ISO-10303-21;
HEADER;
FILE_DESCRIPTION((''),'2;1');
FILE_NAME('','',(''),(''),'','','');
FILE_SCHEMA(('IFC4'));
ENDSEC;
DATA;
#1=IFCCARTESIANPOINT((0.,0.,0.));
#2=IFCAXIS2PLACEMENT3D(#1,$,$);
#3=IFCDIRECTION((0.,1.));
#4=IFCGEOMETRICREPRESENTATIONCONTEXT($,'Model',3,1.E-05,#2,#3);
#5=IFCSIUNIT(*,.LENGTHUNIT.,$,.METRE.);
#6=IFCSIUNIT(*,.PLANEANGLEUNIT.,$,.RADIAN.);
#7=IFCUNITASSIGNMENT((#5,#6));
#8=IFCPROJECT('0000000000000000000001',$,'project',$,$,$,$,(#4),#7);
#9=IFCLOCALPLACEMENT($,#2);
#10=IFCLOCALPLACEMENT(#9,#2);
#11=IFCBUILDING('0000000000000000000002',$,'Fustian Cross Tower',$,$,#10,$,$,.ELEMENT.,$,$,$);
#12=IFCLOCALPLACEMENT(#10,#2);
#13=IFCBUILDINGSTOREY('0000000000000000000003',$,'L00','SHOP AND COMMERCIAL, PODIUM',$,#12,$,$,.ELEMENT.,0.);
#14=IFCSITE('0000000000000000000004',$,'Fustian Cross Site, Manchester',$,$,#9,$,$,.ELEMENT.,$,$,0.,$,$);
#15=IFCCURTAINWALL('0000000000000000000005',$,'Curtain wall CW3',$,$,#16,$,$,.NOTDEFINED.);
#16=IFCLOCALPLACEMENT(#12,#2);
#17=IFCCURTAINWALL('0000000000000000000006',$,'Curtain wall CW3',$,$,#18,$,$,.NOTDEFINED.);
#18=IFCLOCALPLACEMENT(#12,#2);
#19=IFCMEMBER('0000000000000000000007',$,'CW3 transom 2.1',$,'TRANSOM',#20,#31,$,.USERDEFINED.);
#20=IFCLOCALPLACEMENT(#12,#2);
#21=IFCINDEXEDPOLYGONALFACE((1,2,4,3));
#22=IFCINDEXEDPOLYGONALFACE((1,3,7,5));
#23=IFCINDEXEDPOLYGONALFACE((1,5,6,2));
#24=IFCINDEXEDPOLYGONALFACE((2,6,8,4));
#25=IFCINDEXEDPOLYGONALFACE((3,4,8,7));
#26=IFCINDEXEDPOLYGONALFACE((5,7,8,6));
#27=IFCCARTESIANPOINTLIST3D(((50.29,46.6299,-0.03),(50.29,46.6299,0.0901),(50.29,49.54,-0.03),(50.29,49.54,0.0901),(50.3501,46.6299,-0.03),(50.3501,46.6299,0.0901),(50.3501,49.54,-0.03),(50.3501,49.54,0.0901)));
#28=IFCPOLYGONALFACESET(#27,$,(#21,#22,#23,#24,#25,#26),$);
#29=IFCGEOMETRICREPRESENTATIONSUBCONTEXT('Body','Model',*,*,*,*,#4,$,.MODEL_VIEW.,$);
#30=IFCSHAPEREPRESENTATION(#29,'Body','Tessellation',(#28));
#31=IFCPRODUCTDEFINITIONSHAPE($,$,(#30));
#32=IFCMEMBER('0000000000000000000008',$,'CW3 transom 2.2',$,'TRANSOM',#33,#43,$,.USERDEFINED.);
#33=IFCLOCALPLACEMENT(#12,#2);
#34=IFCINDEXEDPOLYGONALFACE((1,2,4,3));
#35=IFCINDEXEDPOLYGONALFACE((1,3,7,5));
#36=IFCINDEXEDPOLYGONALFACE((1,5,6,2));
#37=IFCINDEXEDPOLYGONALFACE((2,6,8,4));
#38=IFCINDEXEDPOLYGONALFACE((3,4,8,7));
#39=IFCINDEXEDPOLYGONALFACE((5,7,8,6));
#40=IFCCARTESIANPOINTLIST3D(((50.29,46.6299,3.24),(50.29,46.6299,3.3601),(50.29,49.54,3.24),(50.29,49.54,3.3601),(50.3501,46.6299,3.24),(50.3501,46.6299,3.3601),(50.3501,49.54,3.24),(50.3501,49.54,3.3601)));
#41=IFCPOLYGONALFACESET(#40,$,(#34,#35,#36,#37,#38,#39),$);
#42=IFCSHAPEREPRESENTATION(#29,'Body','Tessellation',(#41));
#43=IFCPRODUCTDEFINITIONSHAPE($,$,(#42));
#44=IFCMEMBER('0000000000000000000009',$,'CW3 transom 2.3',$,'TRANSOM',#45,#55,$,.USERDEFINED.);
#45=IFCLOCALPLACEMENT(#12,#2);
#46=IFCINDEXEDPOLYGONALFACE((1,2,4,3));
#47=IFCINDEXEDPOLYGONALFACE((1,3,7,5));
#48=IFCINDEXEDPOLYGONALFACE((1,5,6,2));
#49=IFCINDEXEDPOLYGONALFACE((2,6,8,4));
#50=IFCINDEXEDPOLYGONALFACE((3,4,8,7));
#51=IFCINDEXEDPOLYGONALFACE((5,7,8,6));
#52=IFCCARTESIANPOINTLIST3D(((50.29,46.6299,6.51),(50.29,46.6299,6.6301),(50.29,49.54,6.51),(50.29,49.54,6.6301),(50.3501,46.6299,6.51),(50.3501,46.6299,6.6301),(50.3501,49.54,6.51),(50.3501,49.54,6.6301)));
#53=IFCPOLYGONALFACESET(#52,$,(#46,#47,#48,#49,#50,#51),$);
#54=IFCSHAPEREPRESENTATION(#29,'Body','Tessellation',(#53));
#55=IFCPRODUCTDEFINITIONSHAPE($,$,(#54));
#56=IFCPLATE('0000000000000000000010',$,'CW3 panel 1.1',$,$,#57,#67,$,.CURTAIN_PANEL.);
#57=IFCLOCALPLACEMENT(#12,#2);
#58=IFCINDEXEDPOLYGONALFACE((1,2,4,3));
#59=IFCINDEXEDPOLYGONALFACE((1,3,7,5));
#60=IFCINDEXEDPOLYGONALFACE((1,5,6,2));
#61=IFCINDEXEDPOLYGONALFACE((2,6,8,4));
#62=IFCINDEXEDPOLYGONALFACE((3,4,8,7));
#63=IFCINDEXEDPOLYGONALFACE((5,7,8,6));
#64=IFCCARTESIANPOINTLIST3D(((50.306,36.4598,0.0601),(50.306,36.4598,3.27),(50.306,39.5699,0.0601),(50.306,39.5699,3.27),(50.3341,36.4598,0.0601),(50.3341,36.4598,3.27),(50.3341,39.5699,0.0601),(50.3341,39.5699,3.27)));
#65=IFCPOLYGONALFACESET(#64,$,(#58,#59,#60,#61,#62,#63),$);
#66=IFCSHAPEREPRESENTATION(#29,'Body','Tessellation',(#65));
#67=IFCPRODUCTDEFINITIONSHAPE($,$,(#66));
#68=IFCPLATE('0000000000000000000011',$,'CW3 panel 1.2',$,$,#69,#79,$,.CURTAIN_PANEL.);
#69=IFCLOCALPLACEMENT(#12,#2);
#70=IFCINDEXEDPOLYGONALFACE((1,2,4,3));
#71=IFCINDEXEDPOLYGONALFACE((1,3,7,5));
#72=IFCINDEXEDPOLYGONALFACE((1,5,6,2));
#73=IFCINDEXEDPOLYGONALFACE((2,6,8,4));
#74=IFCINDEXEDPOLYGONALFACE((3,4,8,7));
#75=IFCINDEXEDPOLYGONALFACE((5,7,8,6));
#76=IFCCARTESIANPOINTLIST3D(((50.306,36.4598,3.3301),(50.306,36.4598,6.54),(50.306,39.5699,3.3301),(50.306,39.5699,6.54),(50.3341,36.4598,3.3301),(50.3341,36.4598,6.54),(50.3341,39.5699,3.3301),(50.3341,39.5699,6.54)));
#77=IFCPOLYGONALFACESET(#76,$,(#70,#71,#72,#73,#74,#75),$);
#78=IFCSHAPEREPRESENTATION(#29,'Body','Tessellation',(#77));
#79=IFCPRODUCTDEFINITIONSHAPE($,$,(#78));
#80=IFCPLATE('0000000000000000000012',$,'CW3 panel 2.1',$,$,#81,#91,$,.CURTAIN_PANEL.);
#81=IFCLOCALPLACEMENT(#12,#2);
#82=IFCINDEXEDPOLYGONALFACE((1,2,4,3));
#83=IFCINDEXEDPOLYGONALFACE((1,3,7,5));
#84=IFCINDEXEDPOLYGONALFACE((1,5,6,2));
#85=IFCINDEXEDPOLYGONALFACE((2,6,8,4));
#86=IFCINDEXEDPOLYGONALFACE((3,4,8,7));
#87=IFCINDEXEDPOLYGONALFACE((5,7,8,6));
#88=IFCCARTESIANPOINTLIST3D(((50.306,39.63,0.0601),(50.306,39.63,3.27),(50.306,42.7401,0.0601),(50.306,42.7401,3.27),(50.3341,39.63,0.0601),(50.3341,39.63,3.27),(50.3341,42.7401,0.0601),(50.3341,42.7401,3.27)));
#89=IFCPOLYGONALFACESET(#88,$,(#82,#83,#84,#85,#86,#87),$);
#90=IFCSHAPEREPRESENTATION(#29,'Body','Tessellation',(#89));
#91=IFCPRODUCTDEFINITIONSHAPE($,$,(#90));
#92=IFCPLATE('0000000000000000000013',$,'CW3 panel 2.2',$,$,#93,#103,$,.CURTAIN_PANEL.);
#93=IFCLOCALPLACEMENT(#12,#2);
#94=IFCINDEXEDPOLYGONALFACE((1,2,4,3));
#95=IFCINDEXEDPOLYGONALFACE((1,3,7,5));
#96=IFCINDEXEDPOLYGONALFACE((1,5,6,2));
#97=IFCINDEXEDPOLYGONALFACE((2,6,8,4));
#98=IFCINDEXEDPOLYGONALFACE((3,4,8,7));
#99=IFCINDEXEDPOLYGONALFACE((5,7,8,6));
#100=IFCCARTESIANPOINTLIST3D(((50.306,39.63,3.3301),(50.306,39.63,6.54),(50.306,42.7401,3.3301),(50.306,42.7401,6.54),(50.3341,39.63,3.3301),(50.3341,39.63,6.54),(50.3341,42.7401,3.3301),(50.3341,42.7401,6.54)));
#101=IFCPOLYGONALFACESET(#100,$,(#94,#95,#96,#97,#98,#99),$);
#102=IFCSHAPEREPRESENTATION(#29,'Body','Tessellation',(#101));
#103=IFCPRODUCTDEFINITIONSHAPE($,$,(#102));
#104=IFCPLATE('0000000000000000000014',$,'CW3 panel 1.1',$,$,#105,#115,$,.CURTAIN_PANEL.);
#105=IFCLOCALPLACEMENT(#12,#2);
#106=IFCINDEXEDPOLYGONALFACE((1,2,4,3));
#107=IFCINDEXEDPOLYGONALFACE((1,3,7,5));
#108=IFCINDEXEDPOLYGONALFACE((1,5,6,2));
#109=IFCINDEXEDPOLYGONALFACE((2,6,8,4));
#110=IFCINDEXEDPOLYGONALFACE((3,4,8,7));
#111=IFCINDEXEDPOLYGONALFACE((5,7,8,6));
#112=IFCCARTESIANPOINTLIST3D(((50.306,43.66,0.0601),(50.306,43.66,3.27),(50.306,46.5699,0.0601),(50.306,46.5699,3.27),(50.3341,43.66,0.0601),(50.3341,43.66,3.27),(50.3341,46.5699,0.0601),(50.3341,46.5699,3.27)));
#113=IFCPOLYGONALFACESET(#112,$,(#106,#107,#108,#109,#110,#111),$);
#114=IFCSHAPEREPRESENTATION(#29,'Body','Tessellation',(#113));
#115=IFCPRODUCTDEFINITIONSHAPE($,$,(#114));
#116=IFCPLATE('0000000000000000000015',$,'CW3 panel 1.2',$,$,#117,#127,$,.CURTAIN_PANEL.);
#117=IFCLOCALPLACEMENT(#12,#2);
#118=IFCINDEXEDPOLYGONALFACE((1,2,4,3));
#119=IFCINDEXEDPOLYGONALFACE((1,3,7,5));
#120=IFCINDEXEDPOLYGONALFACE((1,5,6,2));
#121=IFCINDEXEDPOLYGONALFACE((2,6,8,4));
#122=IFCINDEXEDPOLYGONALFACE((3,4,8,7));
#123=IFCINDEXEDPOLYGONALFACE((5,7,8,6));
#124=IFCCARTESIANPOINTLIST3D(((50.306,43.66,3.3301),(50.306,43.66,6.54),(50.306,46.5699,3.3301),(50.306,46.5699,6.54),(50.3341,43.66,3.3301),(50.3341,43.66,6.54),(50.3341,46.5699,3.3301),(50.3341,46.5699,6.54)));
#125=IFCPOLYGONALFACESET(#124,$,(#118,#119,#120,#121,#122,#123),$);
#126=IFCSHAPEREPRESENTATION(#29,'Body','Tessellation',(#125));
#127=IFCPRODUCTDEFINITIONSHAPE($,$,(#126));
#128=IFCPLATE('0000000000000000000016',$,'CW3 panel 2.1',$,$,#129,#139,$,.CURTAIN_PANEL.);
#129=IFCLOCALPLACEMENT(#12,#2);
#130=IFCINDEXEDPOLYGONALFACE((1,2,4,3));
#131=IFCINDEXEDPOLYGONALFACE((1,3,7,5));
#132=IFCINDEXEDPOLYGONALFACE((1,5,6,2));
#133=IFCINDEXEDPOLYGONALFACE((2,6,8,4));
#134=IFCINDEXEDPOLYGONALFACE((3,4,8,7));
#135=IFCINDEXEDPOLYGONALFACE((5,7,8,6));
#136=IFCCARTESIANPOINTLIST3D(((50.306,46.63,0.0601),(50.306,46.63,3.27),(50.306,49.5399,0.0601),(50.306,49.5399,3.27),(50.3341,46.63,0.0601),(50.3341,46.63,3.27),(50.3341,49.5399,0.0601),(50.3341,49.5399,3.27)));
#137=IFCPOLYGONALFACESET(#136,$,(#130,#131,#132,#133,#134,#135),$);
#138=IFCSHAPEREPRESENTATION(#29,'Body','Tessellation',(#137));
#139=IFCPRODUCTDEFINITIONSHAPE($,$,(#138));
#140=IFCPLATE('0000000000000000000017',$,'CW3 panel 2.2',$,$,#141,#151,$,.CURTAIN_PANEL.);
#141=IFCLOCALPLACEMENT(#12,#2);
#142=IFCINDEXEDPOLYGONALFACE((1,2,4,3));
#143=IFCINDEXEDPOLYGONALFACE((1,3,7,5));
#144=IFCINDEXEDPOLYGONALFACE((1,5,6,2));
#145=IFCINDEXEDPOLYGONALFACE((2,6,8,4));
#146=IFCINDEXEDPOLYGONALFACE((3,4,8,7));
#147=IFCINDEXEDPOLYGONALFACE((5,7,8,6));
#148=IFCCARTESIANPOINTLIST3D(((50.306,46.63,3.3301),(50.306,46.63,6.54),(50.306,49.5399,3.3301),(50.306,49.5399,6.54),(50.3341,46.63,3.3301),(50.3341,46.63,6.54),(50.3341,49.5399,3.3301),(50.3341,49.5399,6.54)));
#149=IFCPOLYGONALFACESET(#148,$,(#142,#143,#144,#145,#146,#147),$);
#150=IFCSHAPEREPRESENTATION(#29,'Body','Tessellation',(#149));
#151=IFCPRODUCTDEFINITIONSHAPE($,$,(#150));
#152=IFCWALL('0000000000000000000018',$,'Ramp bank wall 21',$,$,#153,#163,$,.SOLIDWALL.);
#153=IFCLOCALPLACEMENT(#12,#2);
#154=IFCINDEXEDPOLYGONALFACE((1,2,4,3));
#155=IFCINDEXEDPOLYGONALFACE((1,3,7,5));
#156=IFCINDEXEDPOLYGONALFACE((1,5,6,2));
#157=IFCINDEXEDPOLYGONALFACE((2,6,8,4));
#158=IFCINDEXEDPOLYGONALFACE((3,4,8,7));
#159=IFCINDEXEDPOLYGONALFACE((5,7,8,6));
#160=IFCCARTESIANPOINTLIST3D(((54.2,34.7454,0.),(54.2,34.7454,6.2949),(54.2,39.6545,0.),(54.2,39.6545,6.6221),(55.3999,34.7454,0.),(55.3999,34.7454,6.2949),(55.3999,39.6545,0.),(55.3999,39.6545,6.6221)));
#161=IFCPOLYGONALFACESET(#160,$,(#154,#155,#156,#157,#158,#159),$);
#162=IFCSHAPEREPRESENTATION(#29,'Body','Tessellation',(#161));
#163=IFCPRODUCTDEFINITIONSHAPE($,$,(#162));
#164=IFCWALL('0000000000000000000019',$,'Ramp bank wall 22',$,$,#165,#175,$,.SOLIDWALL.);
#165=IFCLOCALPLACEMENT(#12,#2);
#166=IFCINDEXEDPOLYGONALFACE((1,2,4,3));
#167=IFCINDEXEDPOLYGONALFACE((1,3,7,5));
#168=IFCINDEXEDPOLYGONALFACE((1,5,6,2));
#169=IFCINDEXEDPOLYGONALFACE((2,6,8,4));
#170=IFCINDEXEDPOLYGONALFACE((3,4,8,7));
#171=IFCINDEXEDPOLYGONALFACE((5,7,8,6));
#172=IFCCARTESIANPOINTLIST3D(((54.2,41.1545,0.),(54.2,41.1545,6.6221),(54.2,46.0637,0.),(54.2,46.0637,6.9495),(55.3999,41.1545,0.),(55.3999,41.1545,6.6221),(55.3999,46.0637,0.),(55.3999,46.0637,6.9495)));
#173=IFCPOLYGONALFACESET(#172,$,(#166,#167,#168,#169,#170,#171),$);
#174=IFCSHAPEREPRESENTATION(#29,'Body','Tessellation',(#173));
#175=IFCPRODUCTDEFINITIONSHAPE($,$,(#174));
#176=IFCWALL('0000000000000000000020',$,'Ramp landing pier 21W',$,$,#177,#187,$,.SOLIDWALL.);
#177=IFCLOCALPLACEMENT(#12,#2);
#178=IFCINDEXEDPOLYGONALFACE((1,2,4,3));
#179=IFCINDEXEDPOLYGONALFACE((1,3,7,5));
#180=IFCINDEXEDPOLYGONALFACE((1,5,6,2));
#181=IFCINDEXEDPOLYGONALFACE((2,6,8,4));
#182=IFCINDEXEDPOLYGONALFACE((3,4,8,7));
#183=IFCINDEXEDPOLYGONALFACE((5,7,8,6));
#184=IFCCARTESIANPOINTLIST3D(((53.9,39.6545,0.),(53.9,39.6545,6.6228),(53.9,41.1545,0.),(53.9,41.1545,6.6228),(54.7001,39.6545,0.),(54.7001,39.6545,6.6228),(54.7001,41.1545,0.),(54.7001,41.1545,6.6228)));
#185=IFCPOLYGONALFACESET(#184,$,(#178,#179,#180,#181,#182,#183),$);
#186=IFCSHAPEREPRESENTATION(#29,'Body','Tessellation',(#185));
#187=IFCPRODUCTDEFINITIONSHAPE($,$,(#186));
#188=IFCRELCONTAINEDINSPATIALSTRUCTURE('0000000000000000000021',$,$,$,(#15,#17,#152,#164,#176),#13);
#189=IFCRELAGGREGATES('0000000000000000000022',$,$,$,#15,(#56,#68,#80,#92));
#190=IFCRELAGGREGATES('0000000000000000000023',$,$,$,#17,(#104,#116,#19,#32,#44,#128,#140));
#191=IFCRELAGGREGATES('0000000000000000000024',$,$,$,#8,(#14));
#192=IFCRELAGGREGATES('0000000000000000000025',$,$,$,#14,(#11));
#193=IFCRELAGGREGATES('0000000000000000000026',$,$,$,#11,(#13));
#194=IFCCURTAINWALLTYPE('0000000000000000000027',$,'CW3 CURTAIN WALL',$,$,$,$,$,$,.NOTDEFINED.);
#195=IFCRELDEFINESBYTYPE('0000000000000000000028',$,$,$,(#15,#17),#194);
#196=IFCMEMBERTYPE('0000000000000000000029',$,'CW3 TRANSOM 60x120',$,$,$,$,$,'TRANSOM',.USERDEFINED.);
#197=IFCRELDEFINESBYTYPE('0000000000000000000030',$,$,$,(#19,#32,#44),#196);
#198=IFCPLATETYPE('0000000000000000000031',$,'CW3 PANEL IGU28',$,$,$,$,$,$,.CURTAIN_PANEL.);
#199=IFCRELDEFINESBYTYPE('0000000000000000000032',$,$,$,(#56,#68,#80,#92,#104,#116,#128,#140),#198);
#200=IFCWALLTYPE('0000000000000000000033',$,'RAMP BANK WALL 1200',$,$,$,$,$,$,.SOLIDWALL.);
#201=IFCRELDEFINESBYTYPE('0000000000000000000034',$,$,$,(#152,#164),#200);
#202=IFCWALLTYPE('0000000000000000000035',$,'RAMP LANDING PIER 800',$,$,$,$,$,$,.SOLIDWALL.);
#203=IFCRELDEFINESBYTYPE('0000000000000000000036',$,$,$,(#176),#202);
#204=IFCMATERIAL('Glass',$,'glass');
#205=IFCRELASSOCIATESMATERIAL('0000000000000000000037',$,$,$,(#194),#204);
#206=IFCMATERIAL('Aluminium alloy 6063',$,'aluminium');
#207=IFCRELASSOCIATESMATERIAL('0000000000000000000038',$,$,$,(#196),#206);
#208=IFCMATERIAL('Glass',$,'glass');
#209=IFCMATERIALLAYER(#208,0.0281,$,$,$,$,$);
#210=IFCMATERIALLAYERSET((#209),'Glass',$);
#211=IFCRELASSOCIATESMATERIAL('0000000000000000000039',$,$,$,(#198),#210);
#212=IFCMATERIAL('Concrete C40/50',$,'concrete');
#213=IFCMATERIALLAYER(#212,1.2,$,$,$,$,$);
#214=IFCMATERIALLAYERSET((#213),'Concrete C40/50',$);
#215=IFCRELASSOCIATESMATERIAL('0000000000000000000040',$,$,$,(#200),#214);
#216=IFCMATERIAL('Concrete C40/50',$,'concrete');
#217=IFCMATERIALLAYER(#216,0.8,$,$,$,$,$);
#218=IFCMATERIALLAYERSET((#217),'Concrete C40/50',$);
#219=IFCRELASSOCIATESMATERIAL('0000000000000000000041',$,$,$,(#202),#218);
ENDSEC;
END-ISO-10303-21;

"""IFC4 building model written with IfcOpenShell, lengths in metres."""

from ifc_helpers import new_model, si_unit, direction, frame, frame_2d, origin, origin_2d, place, context, subcontext, project, spatial, polyline, rectangle, outline, extrude, material, layer, layer_set, material_profile, profile_set, type_object, element, aggregate, save


model = new_model("IFC4")

# Units and contexts
model_context = context("Model", 3, precision=1e-05, world=origin(), true_north=direction((0.0, 1.0)))
body_context = subcontext(model_context, "Body", "Model", "MODEL_VIEW")
ifc_project = project(units=[si_unit("LENGTHUNIT", "METRE"), si_unit("PLANEANGLEUNIT", "RADIAN")], contexts=[model_context])

# Site, building, storey
site_placement = place(None, origin())
site = spatial("IfcSite", under=ifc_project, at=site_placement, Name="Fustian Cross Site, Manchester", CompositionType="ELEMENT", RefElevation=0.0)
building_placement = place(site_placement, origin())
building = spatial("IfcBuilding", under=site, at=building_placement, Name="Fustian Cross Tower", CompositionType="ELEMENT")
storey_placement = place(building_placement, origin())
storey = spatial("IfcBuildingStorey", under=building, at=storey_placement, Name="L00", Description="SHOP AND COMMERCIAL, PODIUM", CompositionType="ELEMENT", Elevation=0.0)

# Curtain walls
ifc_material_1 = material(Name="Glass", Category="glass")
curtain_wall_type = type_object("IfcCurtainWallType", Name="CW3 CURTAIN WALL", PredefinedType="NOTDEFINED", material=ifc_material_1)
curtain_wall_1_placement = place(storey_placement, origin())
curtain_wall_1 = element("IfcCurtainWall", 1, at=curtain_wall_1_placement, inside=storey, type_object=curtain_wall_type, Name="Curtain wall CW3", PredefinedType="NOTDEFINED")
curtain_wall_2_placement = place(storey_placement, origin())
curtain_wall_2 = element("IfcCurtainWall", 2, at=curtain_wall_2_placement, inside=storey, type_object=curtain_wall_type, Name="Curtain wall CW3", PredefinedType="NOTDEFINED")

# Members
ifc_material_2 = material(Name="Aluminium alloy 6063", Category="aluminium")
ifc_material_profile_1 = material_profile(ifc_material_2, rectangle(XDim=0.0601, YDim=0.1201, at=origin_2d()), Name="CW3 TRANSOM 60x120")
ifc_profile_set_1 = profile_set([ifc_material_profile_1], Name="Aluminium alloy 6063")
member_type_1 = type_object("IfcMemberType", Name="CW3 TRANSOM 60x120", ElementType="TRANSOM", PredefinedType="USERDEFINED", material=ifc_profile_set_1)
member_1_placement = place(storey_placement, frame((50.3201, 46.6299, 0.03), z_axis=(0.0, 1.0, 0.0), x_axis=(-1.0, 0.0, 0.0)))
member_1 = element("IfcMember", 3, at=member_1_placement, type_object=member_type_1, Name="CW3 transom 2.1", ObjectType="TRANSOM", PredefinedType="USERDEFINED", context=body_context, shape_type="SweptSolid", body=[
    extrude(rectangle(XDim=0.0601, YDim=0.1201, at=origin_2d()), origin(), (0.0, 0.0, 1.0), 2.9102),
])
member_2_placement = place(storey_placement, frame((50.3201, 46.6299, 3.3), z_axis=(0.0, 1.0, 0.0), x_axis=(-1.0, 0.0, 0.0)))
member_2 = element("IfcMember", 4, at=member_2_placement, type_object=member_type_1, Name="CW3 transom 2.2", ObjectType="TRANSOM", PredefinedType="USERDEFINED", context=body_context, shape_type="SweptSolid", body=[
    extrude(rectangle(XDim=0.0601, YDim=0.1201, at=origin_2d()), origin(), (0.0, 0.0, 1.0), 2.9102),
])
member_3_placement = place(storey_placement, frame((50.3201, 46.6299, 6.5701), z_axis=(0.0, 1.0, 0.0), x_axis=(-1.0, 0.0, 0.0)))
member_3 = element("IfcMember", 5, at=member_3_placement, type_object=member_type_1, Name="CW3 transom 2.3", ObjectType="TRANSOM", PredefinedType="USERDEFINED", context=body_context, shape_type="SweptSolid", body=[
    extrude(rectangle(XDim=0.0601, YDim=0.1201, at=origin_2d()), origin(), (0.0, 0.0, 1.0), 2.9102),
])

# Plates
ifc_material_3 = material(Name="Glass", Category="glass")
ifc_layer_1 = layer(ifc_material_3, 0.0281)
ifc_layer_set_1 = layer_set([ifc_layer_1], Name="Glass")
plate_type = type_object("IfcPlateType", Name="CW3 PANEL IGU28", PredefinedType="CURTAIN_PANEL", material=ifc_layer_set_1)
plate_1_placement = place(storey_placement, frame((50.3201, 38.0149, 0.0601), z_axis=(0.0, 0.0, 1.0), x_axis=(0.0, 1.0, 0.0)))
plate_1 = element("IfcPlate", 6, at=plate_1_placement, type_object=plate_type, Name="CW3 panel 1.1", PredefinedType="CURTAIN_PANEL", context=body_context, shape_type="SweptSolid", body=[
    extrude(rectangle(XDim=3.1101, YDim=0.0281, at=origin_2d()), origin(), (0.0, 0.0, 1.0), 3.21),
])
plate_2_placement = place(storey_placement, frame((50.3201, 38.0149, 3.3301), z_axis=(0.0, 0.0, 1.0), x_axis=(0.0, 1.0, 0.0)))
plate_2 = element("IfcPlate", 7, at=plate_2_placement, type_object=plate_type, Name="CW3 panel 1.2", PredefinedType="CURTAIN_PANEL", context=body_context, shape_type="SweptSolid", body=[
    extrude(rectangle(XDim=3.1101, YDim=0.0281, at=origin_2d()), origin(), (0.0, 0.0, 1.0), 3.21),
])
plate_3_placement = place(storey_placement, frame((50.3201, 41.1851, 0.0601), z_axis=(0.0, 0.0, 1.0), x_axis=(0.0, 1.0, 0.0)))
plate_3 = element("IfcPlate", 8, at=plate_3_placement, type_object=plate_type, Name="CW3 panel 2.1", PredefinedType="CURTAIN_PANEL", context=body_context, shape_type="SweptSolid", body=[
    extrude(rectangle(XDim=3.1101, YDim=0.0281, at=origin_2d()), origin(), (0.0, 0.0, 1.0), 3.21),
])
plate_4_placement = place(storey_placement, frame((50.3201, 41.1851, 3.3301), z_axis=(0.0, 0.0, 1.0), x_axis=(0.0, 1.0, 0.0)))
plate_4 = element("IfcPlate", 9, at=plate_4_placement, type_object=plate_type, Name="CW3 panel 2.2", PredefinedType="CURTAIN_PANEL", context=body_context, shape_type="SweptSolid", body=[
    extrude(rectangle(XDim=3.1101, YDim=0.0281, at=origin_2d()), origin(), (0.0, 0.0, 1.0), 3.21),
])
aggregate(curtain_wall_1, [plate_1, plate_2, plate_3, plate_4])
plate_5_placement = place(storey_placement, frame((50.3201, 45.115, 0.0601), z_axis=(0.0, 0.0, 1.0), x_axis=(0.0, 1.0, 0.0)))
plate_5 = element("IfcPlate", 10, at=plate_5_placement, type_object=plate_type, Name="CW3 panel 1.1", PredefinedType="CURTAIN_PANEL", context=body_context, shape_type="SweptSolid", body=[
    extrude(rectangle(XDim=2.9099, YDim=0.0281, at=origin_2d()), origin(), (0.0, 0.0, 1.0), 3.21),
])
plate_6_placement = place(storey_placement, frame((50.3201, 45.115, 3.3301), z_axis=(0.0, 0.0, 1.0), x_axis=(0.0, 1.0, 0.0)))
plate_6 = element("IfcPlate", 11, at=plate_6_placement, type_object=plate_type, Name="CW3 panel 1.2", PredefinedType="CURTAIN_PANEL", context=body_context, shape_type="SweptSolid", body=[
    extrude(rectangle(XDim=2.9099, YDim=0.0281, at=origin_2d()), origin(), (0.0, 0.0, 1.0), 3.21),
])
plate_7_placement = place(storey_placement, frame((50.3201, 48.085, 0.0601), z_axis=(0.0, 0.0, 1.0), x_axis=(0.0, 1.0, 0.0)))
plate_7 = element("IfcPlate", 12, at=plate_7_placement, type_object=plate_type, Name="CW3 panel 2.1", PredefinedType="CURTAIN_PANEL", context=body_context, shape_type="SweptSolid", body=[
    extrude(rectangle(XDim=2.9099, YDim=0.0281, at=origin_2d()), origin(), (0.0, 0.0, 1.0), 3.21),
])
plate_8_placement = place(storey_placement, frame((50.3201, 48.085, 3.3301), z_axis=(0.0, 0.0, 1.0), x_axis=(0.0, 1.0, 0.0)))
plate_8 = element("IfcPlate", 13, at=plate_8_placement, type_object=plate_type, Name="CW3 panel 2.2", PredefinedType="CURTAIN_PANEL", context=body_context, shape_type="SweptSolid", body=[
    extrude(rectangle(XDim=2.9099, YDim=0.0281, at=origin_2d()), origin(), (0.0, 0.0, 1.0), 3.21),
])
aggregate(curtain_wall_2, [plate_5, plate_6, member_1, member_2, member_3, plate_7, plate_8])

# Walls
ifc_material_4 = material(Name="Concrete C40/50", Category="concrete")
ifc_layer_2 = layer(ifc_material_4, 1.2)
ifc_layer_set_2 = layer_set([ifc_layer_2], Name="Concrete C40/50")
wall_type_1 = type_object("IfcWallType", Name="RAMP BANK WALL 1200", PredefinedType="SOLIDWALL", material=ifc_layer_set_2)
wall_1_placement = place(storey_placement, frame((54.8, 34.7454, 0.0), z_axis=(0.0, 0.0, 1.0), x_axis=(0.0, 1.0, 0.0)))
element("IfcWall", 14, at=wall_1_placement, inside=storey, type_object=wall_type_1, Name="Ramp bank wall 21", PredefinedType="SOLIDWALL", context=body_context, shape_type="SweptSolid", body=[
    extrude(outline(polyline([(0.0, 0.0), (4.9092, 0.0), (4.9092, 6.6221), (0.0, 6.2949), (0.0, 0.0)])), frame((0.0, 0.6001, 0.0), z_axis=(0.0, -1.0, 0.0), x_axis=(1.0, 0.0, 0.0)), (0.0, 0.0, 1.0), 1.2),
])
wall_2_placement = place(storey_placement, frame((54.8, 41.1545, 0.0), z_axis=(0.0, 0.0, 1.0), x_axis=(0.0, 1.0, 0.0)))
element("IfcWall", 15, at=wall_2_placement, inside=storey, type_object=wall_type_1, Name="Ramp bank wall 22", PredefinedType="SOLIDWALL", context=body_context, shape_type="SweptSolid", body=[
    extrude(outline(polyline([(0.0, 0.0), (4.9092, 0.0), (4.9092, 6.9495), (0.0, 6.6221), (0.0, 0.0)])), frame((0.0, 0.6001, 0.0), z_axis=(0.0, -1.0, 0.0), x_axis=(1.0, 0.0, 0.0)), (0.0, 0.0, 1.0), 1.2),
])
ifc_material_5 = material(Name="Concrete C40/50", Category="concrete")
ifc_layer_3 = layer(ifc_material_5, 0.8)
ifc_layer_set_3 = layer_set([ifc_layer_3], Name="Concrete C40/50")
wall_type_2 = type_object("IfcWallType", Name="RAMP LANDING PIER 800", PredefinedType="SOLIDWALL", material=ifc_layer_set_3)
for number, where, z_axis, x_axis, name in (
    (16, (54.3, 39.6545, 0.0), (0.0, 0.0, 1.0), (0.0, 1.0, 0.0), "Ramp landing pier 21W"),
):
    element("IfcWall", number, at=place(storey_placement, frame(where, z_axis=z_axis, x_axis=x_axis)), inside=storey, type_object=wall_type_2, Name=name, PredefinedType="SOLIDWALL", context=body_context, shape_type="SweptSolid", body=[
        extrude(rectangle(XDim=1.5, YDim=0.8, at=frame_2d((0.75, 0.0))), origin(), (0.0, 0.0, 1.0), 6.6228),
    ])

save(model, "model.ifc")
